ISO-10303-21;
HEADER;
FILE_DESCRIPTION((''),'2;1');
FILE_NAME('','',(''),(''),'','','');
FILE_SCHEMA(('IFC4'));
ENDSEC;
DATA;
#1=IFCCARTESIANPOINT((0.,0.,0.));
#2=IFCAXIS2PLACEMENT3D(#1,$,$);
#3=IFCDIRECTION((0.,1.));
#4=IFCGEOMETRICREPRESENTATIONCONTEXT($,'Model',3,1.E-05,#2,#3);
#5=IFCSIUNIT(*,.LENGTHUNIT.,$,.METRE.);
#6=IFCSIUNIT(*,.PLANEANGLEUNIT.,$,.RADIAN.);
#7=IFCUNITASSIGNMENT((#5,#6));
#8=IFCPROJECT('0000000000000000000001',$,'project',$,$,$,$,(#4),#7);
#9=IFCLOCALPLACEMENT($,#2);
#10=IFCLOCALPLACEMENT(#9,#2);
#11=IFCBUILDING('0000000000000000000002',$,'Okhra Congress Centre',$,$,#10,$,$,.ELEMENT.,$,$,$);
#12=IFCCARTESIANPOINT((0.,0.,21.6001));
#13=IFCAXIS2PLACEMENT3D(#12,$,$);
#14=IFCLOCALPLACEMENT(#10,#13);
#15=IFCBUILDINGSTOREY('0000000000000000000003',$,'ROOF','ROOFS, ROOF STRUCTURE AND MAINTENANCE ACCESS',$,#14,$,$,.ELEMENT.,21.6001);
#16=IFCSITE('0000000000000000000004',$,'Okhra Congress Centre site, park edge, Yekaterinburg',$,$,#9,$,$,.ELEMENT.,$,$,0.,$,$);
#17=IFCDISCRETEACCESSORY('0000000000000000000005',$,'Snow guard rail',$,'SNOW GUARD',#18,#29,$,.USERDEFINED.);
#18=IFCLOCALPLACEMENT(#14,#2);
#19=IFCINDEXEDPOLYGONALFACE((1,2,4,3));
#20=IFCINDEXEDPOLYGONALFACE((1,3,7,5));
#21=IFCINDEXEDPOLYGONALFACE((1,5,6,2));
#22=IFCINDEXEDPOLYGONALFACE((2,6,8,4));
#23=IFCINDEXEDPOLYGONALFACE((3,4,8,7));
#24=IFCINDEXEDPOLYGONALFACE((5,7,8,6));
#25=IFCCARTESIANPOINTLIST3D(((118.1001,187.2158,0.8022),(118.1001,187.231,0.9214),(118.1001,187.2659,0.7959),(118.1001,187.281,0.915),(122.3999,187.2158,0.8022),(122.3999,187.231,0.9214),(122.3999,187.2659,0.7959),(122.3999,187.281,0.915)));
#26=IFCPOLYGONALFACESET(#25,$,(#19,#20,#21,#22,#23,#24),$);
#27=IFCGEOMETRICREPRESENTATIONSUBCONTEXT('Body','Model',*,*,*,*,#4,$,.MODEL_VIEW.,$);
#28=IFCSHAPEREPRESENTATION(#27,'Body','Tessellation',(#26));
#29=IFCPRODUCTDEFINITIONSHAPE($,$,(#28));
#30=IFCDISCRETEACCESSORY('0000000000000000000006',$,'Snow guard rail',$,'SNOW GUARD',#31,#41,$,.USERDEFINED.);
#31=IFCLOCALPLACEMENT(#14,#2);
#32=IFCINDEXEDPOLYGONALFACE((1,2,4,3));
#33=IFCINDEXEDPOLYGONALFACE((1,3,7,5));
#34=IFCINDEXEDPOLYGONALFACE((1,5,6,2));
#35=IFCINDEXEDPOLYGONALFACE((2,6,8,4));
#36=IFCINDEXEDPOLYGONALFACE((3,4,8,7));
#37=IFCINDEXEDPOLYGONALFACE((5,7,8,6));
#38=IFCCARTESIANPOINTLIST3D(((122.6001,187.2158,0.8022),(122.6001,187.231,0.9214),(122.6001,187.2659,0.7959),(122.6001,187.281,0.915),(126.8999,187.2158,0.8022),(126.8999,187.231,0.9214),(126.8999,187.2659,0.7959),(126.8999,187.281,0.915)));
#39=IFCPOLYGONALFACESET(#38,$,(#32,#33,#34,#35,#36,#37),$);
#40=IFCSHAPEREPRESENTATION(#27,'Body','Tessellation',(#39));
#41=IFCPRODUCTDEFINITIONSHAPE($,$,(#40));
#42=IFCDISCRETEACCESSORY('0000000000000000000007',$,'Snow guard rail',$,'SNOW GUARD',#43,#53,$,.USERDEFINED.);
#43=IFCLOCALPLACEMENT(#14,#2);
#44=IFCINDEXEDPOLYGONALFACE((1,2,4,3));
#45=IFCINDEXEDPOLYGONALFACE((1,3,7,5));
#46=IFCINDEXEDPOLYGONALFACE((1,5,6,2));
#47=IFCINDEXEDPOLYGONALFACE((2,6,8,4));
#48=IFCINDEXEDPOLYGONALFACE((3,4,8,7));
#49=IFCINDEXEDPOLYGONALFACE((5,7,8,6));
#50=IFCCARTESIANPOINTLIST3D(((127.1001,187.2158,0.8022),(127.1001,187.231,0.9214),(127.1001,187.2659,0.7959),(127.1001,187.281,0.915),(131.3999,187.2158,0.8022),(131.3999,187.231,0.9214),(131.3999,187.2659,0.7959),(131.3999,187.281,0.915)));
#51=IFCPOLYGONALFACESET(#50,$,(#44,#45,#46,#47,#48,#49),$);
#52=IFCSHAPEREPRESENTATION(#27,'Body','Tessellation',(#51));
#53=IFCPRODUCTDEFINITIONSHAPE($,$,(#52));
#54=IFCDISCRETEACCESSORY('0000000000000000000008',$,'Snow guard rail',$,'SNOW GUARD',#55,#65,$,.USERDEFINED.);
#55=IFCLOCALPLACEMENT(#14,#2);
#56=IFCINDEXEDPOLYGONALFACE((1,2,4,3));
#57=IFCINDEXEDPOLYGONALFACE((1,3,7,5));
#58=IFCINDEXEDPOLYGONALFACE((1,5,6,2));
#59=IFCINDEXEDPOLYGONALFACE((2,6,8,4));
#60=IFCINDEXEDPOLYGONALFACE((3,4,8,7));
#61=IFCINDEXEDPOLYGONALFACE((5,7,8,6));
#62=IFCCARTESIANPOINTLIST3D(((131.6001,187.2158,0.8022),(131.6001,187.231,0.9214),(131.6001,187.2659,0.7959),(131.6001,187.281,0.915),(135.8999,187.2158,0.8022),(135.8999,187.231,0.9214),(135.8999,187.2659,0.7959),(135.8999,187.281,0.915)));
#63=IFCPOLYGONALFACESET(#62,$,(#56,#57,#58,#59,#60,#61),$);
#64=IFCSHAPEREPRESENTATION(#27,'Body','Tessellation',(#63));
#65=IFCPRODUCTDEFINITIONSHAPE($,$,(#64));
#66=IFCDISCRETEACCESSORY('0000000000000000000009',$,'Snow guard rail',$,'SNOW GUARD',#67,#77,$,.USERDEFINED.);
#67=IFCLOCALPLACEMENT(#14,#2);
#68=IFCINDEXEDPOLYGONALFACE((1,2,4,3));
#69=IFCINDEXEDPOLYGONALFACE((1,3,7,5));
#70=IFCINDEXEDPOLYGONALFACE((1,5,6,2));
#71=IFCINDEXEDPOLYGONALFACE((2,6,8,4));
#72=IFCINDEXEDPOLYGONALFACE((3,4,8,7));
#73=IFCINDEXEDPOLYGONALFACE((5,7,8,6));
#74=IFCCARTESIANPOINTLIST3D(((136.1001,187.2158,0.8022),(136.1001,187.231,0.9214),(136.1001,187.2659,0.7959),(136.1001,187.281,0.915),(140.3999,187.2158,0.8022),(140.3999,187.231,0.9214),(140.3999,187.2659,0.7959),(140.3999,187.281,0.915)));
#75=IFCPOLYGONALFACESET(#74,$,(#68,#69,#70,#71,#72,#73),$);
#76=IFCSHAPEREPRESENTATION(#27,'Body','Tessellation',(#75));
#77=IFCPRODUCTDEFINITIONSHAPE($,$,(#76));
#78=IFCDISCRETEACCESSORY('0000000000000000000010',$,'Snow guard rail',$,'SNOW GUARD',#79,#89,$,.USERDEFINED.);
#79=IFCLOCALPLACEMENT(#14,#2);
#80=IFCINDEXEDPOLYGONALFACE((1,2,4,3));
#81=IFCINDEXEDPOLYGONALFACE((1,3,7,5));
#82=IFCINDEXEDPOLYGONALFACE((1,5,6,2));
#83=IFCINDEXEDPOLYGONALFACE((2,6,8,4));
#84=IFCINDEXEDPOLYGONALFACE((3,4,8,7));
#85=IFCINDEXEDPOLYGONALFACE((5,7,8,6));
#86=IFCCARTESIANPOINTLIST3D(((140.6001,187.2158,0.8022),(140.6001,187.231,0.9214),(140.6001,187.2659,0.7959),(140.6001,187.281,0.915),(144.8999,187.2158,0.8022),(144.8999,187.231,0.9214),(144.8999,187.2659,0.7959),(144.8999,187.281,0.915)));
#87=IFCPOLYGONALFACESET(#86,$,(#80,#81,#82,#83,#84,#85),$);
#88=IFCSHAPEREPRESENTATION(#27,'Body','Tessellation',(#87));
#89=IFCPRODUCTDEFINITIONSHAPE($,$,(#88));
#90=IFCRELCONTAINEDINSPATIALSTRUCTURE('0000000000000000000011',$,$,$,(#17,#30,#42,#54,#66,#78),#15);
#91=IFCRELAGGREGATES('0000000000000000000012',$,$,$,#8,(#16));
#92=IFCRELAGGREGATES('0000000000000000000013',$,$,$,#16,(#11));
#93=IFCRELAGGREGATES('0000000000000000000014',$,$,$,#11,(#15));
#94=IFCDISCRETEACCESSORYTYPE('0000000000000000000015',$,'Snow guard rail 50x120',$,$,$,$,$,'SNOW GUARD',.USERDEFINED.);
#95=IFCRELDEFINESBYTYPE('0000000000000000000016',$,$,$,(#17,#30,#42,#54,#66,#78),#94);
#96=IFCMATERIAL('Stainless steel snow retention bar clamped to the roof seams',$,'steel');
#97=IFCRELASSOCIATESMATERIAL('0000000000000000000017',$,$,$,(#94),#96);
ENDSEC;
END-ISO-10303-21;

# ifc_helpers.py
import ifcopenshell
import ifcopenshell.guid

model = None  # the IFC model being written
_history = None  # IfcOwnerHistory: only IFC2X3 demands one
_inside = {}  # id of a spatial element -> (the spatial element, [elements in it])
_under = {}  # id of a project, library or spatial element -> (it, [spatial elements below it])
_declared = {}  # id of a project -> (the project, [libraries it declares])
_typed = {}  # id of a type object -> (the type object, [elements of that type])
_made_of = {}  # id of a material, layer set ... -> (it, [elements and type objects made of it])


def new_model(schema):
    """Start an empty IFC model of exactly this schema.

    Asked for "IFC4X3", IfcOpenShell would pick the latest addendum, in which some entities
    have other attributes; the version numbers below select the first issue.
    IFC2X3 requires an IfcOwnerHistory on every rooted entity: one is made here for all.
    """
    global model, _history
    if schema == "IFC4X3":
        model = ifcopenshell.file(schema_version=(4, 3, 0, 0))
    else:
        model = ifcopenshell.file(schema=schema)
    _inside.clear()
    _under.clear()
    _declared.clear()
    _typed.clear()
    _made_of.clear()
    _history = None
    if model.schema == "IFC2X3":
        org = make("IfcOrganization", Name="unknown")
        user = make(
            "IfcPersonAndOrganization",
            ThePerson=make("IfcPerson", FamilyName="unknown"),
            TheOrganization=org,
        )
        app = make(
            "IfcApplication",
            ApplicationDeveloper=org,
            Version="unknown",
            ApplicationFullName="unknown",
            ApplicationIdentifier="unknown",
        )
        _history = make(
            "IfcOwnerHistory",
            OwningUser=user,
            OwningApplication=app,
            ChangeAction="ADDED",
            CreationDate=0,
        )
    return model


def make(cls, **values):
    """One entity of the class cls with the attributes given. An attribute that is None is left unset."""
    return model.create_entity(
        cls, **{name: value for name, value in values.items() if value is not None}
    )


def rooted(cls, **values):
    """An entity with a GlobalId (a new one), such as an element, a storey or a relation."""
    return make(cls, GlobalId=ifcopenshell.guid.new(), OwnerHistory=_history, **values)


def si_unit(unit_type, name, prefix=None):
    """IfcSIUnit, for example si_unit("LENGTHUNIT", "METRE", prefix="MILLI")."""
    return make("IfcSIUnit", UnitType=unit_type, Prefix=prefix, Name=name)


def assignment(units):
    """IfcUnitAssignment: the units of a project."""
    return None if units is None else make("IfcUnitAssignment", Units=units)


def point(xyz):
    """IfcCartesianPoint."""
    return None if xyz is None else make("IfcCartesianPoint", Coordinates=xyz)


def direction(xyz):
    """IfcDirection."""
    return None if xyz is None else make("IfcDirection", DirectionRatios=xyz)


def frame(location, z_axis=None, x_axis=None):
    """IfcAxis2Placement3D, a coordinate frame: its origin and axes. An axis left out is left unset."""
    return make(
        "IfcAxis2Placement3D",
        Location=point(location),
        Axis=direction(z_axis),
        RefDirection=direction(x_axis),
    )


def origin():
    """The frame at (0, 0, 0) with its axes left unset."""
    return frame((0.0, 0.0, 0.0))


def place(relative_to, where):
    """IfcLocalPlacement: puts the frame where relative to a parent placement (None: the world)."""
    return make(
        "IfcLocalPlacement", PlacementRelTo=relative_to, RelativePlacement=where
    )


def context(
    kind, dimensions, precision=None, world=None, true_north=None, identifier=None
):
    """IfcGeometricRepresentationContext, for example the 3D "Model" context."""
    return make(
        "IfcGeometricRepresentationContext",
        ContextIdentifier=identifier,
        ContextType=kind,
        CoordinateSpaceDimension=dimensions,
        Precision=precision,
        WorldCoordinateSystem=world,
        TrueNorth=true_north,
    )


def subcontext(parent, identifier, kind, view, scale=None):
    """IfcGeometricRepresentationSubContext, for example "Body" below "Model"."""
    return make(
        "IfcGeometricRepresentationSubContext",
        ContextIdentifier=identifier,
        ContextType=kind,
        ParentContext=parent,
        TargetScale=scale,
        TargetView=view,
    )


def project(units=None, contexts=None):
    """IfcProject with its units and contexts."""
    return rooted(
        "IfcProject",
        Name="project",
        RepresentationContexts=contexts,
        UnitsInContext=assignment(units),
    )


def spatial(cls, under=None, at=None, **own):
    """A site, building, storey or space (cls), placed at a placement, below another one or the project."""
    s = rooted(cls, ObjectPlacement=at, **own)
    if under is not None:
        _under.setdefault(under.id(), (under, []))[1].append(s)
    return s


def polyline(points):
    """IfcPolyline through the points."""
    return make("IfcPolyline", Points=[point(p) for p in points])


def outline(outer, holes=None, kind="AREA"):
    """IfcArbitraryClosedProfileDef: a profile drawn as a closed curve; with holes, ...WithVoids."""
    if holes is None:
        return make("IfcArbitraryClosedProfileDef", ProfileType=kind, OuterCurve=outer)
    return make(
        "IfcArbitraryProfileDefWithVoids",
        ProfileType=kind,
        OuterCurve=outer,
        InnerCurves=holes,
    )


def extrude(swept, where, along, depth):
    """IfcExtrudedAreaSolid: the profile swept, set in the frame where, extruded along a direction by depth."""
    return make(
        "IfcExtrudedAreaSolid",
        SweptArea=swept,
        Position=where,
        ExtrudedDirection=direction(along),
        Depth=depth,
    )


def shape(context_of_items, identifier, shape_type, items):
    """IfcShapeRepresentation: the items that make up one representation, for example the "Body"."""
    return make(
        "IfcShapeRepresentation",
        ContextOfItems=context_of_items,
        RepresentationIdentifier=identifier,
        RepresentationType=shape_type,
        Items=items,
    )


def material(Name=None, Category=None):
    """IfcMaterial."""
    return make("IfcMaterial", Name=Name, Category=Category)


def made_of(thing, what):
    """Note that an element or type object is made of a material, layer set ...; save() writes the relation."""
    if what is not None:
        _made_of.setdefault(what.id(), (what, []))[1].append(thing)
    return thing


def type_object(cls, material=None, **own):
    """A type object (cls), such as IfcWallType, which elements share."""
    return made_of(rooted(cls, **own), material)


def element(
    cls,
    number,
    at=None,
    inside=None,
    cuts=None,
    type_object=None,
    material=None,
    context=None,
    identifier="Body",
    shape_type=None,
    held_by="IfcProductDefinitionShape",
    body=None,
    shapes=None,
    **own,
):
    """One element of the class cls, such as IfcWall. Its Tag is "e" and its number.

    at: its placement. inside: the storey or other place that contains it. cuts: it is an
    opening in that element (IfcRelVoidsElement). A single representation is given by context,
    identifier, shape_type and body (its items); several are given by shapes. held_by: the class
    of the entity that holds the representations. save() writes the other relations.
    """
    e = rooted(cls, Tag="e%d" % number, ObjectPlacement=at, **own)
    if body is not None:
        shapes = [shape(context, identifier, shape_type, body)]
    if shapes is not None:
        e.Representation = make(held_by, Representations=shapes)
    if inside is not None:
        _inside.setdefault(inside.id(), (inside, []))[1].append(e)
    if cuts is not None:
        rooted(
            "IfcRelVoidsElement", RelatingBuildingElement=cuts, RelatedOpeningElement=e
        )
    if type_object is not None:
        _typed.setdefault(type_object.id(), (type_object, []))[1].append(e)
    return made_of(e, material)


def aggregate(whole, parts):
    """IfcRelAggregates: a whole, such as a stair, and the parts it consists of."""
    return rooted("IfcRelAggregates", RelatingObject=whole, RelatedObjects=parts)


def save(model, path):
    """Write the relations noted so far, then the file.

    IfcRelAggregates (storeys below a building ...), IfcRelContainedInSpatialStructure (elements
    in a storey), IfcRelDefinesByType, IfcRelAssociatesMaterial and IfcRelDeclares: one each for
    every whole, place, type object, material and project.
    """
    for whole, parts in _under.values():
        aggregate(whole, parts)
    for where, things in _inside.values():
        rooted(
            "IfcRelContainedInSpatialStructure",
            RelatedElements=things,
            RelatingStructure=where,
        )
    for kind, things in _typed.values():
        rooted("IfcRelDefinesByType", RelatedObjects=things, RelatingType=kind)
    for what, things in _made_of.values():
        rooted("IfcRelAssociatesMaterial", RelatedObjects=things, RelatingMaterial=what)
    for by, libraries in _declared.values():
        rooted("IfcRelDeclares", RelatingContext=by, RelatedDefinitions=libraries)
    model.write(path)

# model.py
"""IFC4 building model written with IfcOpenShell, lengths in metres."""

from ifc_helpers import new_model, si_unit, direction, frame, origin, place, context, subcontext, project, spatial, polyline, outline, extrude, material, type_object, element, save


model = new_model("IFC4")

# Units and contexts
model_context = context("Model", 3, precision=1e-05, world=origin(), true_north=direction((0.0, 1.0)))
body_context = subcontext(model_context, "Body", "Model", "MODEL_VIEW")
ifc_project = project(units=[si_unit("LENGTHUNIT", "METRE"), si_unit("PLANEANGLEUNIT", "RADIAN")], contexts=[model_context])

# Site, building, storey
site_placement = place(None, origin())
site = spatial("IfcSite", under=ifc_project, at=site_placement, Name="Okhra Congress Centre site, park edge, Yekaterinburg", CompositionType="ELEMENT", RefElevation=0.0)
building_placement = place(site_placement, origin())
building = spatial("IfcBuilding", under=site, at=building_placement, Name="Okhra Congress Centre", CompositionType="ELEMENT")
storey_placement = place(building_placement, frame((0.0, 0.0, 21.6001)))
storey = spatial("IfcBuildingStorey", under=building, at=storey_placement, Name="ROOF", Description="ROOFS, ROOF STRUCTURE AND MAINTENANCE ACCESS", CompositionType="ELEMENT", Elevation=21.6001)

# Discrete accessories
ifc_material_1 = material(Name="Stainless steel snow retention bar clamped to the roof seams", Category="steel")
discrete_accessory_type_1 = type_object("IfcDiscreteAccessoryType", Name="Snow guard rail 50x120", ElementType="SNOW GUARD", PredefinedType="USERDEFINED", material=ifc_material_1)
for number, where, z_axis, x_axis, name in (
    (1, (118.1001, 187.231, 0.9214), (0.0, 0.125821, 0.992053), (1.0, 0.0, 0.0), "Snow guard rail"),
    (2, (122.6001, 187.231, 0.9214), (0.0, 0.125821, 0.992053), (1.0, 0.0, 0.0), "Snow guard rail"),
    (3, (127.1001, 187.231, 0.9214), (0.0, 0.125821, 0.992053), (1.0, 0.0, 0.0), "Snow guard rail"),
    (4, (131.6001, 187.231, 0.9214), (0.0, 0.125821, 0.992053), (1.0, 0.0, 0.0), "Snow guard rail"),
    (5, (136.1001, 187.231, 0.9214), (0.0, 0.125821, 0.992053), (1.0, 0.0, 0.0), "Snow guard rail"),
    (6, (140.6001, 187.231, 0.9214), (0.0, 0.125821, 0.992053), (1.0, 0.0, 0.0), "Snow guard rail"),
):
    element("IfcDiscreteAccessory", number, at=place(storey_placement, frame(where, z_axis=z_axis, x_axis=x_axis)), inside=storey, type_object=discrete_accessory_type_1, Name=name, ObjectType="SNOW GUARD", PredefinedType="USERDEFINED", context=body_context, shape_type="SweptSolid", body=[
        extrude(outline(polyline([(0.0, 0.0), (4.2998, 0.0), (4.2998, 0.0504), (0.0, 0.0504), (0.0, 0.0)])), origin(), (0.0, 0.0, -1.0), 0.1201),
    ])

save(model, "model.ifc")
